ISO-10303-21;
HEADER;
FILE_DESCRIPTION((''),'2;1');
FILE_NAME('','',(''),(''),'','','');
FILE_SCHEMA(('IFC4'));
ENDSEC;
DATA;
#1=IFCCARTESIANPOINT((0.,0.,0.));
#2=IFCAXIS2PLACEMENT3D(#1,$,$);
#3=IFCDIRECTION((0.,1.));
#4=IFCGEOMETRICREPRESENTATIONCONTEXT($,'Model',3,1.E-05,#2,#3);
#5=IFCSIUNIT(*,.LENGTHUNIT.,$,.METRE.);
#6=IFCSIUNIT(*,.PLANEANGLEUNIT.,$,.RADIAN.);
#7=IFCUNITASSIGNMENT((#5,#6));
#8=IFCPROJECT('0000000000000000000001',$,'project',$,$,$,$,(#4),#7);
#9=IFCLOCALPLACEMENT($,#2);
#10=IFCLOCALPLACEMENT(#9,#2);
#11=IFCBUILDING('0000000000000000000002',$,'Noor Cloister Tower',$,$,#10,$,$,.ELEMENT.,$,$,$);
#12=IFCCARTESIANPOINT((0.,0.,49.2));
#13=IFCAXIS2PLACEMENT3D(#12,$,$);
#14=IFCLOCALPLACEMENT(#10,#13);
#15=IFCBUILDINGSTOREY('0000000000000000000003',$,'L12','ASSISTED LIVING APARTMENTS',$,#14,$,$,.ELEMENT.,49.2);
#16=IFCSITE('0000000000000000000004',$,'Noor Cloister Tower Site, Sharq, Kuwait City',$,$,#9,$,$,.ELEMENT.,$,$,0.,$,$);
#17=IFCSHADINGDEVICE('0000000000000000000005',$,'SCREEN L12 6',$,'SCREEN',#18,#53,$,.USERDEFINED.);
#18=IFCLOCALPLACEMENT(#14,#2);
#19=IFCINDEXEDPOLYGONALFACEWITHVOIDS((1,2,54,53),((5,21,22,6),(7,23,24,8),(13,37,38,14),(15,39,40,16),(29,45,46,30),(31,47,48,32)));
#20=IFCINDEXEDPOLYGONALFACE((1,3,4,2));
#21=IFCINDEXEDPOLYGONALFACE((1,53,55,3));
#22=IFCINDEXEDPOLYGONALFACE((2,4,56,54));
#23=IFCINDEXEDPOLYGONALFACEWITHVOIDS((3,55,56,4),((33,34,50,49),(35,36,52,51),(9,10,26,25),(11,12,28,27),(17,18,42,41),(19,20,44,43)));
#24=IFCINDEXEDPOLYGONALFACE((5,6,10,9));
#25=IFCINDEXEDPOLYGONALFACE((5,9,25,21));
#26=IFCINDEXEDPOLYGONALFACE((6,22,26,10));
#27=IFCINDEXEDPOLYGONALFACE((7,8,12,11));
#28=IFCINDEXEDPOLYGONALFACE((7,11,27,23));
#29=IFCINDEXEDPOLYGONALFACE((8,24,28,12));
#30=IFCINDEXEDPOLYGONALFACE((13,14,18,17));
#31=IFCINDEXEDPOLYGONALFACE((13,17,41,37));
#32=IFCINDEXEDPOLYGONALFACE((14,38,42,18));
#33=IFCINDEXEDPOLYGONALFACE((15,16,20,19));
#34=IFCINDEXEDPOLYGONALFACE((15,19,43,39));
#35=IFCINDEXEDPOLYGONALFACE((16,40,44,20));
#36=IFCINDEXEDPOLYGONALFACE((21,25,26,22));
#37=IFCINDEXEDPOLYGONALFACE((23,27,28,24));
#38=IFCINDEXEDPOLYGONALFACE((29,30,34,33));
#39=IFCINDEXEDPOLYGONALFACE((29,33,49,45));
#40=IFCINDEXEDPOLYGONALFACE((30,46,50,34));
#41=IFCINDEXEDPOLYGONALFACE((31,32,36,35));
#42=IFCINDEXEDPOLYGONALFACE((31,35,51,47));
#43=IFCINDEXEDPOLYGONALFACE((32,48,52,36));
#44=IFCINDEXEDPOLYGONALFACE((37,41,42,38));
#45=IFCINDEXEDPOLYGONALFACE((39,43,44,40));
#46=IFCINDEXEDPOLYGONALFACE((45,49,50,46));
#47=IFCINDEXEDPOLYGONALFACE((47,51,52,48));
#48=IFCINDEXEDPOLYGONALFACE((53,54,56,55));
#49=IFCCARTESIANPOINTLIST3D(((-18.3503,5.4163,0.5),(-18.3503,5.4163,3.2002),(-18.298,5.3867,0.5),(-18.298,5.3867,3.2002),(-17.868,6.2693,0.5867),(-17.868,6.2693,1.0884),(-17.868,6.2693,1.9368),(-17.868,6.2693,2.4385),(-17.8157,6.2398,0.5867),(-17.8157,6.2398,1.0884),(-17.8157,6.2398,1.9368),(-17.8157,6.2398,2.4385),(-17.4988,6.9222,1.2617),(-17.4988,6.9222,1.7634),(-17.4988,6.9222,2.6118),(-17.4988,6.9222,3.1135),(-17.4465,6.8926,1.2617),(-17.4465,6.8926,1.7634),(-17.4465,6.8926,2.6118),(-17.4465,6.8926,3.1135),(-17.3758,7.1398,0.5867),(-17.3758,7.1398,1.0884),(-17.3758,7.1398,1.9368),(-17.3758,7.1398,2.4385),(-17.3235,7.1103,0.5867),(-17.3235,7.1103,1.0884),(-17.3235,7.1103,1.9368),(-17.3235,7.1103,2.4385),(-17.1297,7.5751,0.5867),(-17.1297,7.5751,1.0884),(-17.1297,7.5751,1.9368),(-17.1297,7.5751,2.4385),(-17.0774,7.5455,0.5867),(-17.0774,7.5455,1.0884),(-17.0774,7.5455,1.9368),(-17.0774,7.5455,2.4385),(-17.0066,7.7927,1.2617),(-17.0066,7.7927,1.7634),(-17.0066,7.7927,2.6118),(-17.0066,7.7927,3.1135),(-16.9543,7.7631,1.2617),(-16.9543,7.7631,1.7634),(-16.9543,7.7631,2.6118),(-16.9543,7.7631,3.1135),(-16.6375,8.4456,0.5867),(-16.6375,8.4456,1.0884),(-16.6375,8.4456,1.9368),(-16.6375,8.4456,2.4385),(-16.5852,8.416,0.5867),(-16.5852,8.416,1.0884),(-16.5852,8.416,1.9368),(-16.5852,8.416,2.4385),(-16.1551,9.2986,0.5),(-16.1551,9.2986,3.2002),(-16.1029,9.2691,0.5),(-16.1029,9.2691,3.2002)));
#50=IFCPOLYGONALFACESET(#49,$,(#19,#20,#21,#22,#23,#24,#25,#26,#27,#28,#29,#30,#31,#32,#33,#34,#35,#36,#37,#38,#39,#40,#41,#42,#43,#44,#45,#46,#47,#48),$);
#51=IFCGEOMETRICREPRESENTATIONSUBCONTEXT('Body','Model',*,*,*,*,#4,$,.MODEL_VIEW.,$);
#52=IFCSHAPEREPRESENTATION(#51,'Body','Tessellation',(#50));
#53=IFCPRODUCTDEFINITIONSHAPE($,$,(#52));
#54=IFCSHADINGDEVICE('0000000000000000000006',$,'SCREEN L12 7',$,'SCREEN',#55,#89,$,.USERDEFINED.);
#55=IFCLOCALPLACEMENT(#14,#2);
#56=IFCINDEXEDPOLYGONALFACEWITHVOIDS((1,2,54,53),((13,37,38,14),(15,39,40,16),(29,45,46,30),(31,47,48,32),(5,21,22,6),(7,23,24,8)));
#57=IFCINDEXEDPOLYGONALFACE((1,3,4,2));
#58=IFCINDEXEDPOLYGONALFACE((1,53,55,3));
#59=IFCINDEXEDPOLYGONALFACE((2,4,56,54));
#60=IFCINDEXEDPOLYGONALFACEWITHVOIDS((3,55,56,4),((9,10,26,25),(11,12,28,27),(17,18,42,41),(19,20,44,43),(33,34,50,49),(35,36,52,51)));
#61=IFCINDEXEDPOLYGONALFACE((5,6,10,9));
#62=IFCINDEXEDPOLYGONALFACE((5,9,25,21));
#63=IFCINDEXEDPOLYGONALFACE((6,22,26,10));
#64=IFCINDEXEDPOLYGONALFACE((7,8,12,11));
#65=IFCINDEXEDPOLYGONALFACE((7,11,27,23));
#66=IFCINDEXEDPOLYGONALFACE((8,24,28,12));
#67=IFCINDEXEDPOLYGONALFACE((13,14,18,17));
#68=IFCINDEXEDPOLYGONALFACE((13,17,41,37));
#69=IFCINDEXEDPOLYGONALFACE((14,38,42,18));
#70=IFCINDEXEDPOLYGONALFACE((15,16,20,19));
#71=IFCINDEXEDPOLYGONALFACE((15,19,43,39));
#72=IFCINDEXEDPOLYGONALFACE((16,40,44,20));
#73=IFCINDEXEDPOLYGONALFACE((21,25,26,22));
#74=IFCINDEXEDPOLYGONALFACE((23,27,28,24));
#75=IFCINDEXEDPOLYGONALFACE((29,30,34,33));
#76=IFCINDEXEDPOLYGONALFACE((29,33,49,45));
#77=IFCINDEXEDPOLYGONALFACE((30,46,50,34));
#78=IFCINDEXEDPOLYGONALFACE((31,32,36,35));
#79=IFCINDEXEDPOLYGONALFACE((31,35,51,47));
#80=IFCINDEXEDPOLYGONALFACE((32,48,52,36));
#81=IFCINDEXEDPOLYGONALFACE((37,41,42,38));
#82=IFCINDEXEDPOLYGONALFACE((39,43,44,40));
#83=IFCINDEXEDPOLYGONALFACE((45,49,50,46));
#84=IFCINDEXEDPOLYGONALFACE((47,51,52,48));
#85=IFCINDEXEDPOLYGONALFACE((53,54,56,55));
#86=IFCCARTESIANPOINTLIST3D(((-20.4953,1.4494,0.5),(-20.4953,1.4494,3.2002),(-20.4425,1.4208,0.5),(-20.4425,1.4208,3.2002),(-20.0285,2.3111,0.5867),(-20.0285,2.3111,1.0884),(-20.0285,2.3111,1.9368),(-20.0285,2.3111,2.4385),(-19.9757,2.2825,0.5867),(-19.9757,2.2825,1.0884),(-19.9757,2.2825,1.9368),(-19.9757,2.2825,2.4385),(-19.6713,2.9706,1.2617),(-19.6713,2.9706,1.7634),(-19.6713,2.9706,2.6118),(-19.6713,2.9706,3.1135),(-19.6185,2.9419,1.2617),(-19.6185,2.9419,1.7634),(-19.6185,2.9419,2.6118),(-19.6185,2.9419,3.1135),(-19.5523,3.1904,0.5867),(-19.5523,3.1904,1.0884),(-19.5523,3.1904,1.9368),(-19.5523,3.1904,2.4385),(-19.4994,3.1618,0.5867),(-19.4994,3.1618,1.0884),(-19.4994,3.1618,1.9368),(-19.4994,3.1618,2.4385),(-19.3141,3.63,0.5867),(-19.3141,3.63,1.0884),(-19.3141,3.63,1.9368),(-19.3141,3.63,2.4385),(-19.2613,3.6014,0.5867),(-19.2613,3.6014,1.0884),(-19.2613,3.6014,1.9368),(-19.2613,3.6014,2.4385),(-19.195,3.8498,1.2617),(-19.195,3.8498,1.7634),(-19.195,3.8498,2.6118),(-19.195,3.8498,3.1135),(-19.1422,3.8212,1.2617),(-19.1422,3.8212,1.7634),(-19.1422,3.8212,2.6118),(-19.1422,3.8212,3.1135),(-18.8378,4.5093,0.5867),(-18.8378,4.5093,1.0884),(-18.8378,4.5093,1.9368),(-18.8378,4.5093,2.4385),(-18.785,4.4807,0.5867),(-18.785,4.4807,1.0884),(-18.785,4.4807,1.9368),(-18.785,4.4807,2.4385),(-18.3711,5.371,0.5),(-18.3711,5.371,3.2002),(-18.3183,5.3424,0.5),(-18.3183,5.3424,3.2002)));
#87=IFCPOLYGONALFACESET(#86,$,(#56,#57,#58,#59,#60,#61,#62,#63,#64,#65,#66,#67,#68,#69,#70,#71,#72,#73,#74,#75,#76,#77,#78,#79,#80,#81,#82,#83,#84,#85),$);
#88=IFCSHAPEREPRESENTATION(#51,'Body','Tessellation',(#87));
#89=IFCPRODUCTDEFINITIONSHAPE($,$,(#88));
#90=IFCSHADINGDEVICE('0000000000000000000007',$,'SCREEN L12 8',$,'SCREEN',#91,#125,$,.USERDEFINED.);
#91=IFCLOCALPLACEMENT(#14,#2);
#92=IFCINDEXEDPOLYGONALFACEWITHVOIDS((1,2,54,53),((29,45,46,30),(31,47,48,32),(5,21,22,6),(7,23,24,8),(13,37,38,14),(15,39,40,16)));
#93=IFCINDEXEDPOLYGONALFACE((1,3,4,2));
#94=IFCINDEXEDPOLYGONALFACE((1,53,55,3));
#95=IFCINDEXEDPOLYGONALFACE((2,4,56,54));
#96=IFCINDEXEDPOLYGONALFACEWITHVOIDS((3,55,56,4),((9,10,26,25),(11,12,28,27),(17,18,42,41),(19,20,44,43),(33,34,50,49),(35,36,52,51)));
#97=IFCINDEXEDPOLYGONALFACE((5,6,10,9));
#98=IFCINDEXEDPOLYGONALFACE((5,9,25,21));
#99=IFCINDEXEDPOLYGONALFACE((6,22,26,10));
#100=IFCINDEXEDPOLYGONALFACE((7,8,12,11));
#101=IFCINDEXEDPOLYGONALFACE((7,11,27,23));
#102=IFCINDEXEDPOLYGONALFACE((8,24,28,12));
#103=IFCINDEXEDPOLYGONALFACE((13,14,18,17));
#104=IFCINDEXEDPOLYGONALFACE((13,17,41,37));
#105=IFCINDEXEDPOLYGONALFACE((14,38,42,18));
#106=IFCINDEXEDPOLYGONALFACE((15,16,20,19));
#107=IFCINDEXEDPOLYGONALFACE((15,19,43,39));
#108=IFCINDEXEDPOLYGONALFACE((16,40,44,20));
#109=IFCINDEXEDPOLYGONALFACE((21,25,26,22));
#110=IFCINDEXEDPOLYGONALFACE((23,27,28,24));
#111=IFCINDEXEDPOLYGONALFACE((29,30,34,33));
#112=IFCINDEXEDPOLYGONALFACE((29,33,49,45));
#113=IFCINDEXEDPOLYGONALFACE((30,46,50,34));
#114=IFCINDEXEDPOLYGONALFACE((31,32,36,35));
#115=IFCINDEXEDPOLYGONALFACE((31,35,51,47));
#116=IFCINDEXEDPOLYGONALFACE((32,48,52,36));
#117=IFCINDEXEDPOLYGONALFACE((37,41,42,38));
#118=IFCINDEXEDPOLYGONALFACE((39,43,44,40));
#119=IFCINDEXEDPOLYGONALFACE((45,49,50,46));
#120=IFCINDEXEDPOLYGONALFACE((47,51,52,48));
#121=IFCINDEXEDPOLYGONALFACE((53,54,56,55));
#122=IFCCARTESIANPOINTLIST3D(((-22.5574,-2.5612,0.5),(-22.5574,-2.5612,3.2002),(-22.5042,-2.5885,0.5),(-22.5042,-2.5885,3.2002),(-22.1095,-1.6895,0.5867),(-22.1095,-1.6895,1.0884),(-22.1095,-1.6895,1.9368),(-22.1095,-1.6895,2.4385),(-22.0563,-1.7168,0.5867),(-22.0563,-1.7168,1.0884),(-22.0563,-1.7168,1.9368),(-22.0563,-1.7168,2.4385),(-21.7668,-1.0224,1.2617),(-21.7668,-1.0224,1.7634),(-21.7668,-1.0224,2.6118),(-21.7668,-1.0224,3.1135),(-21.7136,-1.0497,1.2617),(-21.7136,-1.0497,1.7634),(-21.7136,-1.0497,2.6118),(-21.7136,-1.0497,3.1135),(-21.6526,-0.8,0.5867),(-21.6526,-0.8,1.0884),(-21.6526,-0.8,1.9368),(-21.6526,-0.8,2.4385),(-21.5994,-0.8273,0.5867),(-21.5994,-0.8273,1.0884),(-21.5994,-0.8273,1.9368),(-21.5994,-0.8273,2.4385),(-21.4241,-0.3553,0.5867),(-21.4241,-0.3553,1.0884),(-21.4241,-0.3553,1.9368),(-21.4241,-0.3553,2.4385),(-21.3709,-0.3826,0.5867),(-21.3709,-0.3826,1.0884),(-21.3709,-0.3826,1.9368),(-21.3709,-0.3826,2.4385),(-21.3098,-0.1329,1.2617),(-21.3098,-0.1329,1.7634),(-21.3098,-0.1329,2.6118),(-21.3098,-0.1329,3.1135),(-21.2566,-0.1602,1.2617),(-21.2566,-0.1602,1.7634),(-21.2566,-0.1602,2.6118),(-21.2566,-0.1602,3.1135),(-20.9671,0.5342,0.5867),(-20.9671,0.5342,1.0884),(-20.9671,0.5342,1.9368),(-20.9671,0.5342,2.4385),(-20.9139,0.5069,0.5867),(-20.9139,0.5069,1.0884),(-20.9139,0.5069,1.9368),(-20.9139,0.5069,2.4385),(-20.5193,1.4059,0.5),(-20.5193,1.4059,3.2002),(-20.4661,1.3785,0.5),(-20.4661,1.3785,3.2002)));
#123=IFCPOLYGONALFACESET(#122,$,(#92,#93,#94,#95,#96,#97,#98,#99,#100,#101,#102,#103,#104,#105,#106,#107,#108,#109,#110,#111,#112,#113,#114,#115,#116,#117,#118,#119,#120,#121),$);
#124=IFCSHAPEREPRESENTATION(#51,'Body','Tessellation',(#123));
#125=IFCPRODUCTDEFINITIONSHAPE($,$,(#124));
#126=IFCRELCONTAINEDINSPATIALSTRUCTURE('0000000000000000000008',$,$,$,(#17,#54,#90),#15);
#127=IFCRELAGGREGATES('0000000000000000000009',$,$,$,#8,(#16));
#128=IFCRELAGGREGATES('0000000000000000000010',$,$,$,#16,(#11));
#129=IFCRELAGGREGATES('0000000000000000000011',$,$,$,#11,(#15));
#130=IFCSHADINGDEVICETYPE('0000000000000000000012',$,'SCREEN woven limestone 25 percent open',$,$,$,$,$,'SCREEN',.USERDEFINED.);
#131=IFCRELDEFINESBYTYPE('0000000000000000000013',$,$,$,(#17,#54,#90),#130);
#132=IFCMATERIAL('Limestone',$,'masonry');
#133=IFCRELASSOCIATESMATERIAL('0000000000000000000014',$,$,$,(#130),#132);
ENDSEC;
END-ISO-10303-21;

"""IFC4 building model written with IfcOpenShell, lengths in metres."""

from ifc_helpers import new_model, si_unit, direction, frame, origin, place, context, subcontext, project, spatial, polyline, outline, extrude, material, material_profile, profile_set, type_object, element, save


model = new_model("IFC4")

# Units and contexts
model_context = context("Model", 3, precision=1e-05, world=origin(), true_north=direction((0.0, 1.0)))
body_context = subcontext(model_context, "Body", "Model", "MODEL_VIEW")
ifc_project = project(units=[si_unit("LENGTHUNIT", "METRE"), si_unit("PLANEANGLEUNIT", "RADIAN")], contexts=[model_context])

# Site, building, storey
site_placement = place(None, origin())
site = spatial("IfcSite", under=ifc_project, at=site_placement, Name="Noor Cloister Tower Site, Sharq, Kuwait City", CompositionType="ELEMENT", RefElevation=0.0)
building_placement = place(site_placement, origin())
building = spatial("IfcBuilding", under=site, at=building_placement, Name="Noor Cloister Tower", CompositionType="ELEMENT")
storey_placement = place(building_placement, frame((0.0, 0.0, 49.2)))
storey = spatial("IfcBuildingStorey", under=building, at=storey_placement, Name="L12", Description="ASSISTED LIVING APARTMENTS", CompositionType="ELEMENT", Elevation=49.2)

# Shading devices
ifc_material_1 = material(Name="Limestone", Category="masonry")
ifc_material_profile_1 = material_profile(ifc_material_1, outline(polyline([(-2.23, -1.3501), (2.23, -1.3501), (2.23, 1.3501), (-2.23, 1.3501), (-2.23, -1.3501)]), holes=[polyline([(-1.25, -1.2634), (-0.25, -1.2634), (-0.25, -0.7617), (-1.25, -0.7617), (-1.25, -1.2634)]), polyline([(0.25, -1.2634), (1.25, -1.2634), (1.25, -0.7617), (0.25, -0.7617), (0.25, -1.2634)]), polyline([(-0.5, -0.5884), (0.5, -0.5884), (0.5, -0.0867), (-0.5, -0.0867), (-0.5, -0.5884)]), polyline([(-1.25, 0.0867), (-0.25, 0.0867), (-0.25, 0.5884), (-1.25, 0.5884), (-1.25, 0.0867)]), polyline([(0.25, 0.0867), (1.25, 0.0867), (1.25, 0.5884), (0.25, 0.5884), (0.25, 0.0867)]), polyline([(-0.5, 0.7617), (0.5, 0.7617), (0.5, 1.2634), (-0.5, 1.2634), (-0.5, 0.7617)])]), Name="Woven screen 25 percent open")
ifc_profile_set_1 = profile_set([ifc_material_profile_1], Name="Limestone")
shading_device_type = type_object("IfcShadingDeviceType", Name="SCREEN woven limestone 25 percent open", ElementType="SCREEN", PredefinedType="USERDEFINED", material=ifc_profile_set_1)
for number, where, z_axis, x_axis, name in (
    (1, (-17.2004, 7.3279, 1.8501), (-0.870487, 0.492191, 0.0), (-0.492191, -0.870487, 0.0), "SCREEN L12 6"),
    (2, (-19.3804, 3.3816, 1.8501), (-0.879292, 0.476283, 0.0), (-0.476283, -0.879292, 0.0), "SCREEN L12 7"),
):
    element("IfcShadingDevice", number, at=place(storey_placement, frame(where, z_axis=z_axis, x_axis=x_axis)), inside=storey, type_object=shading_device_type, Name=name, ObjectType="SCREEN", PredefinedType="USERDEFINED", context=body_context, shape_type="SweptSolid", body=[
        extrude(outline(polyline([(-2.23, -1.3501), (2.23, -1.3501), (2.23, 1.3501), (-2.23, 1.3501), (-2.23, -1.3501)]), holes=[polyline([(-1.25, -1.2634), (-0.25, -1.2634), (-0.25, -0.7617), (-1.25, -0.7617), (-1.25, -1.2634)]), polyline([(0.25, -1.2634), (1.25, -1.2634), (1.25, -0.7617), (0.25, -0.7617), (0.25, -1.2634)]), polyline([(-0.5, -0.5884), (0.5, -0.5884), (0.5, -0.0867), (-0.5, -0.0867), (-0.5, -0.5884)]), polyline([(-1.25, 0.0867), (-0.25, 0.0867), (-0.25, 0.5884), (-1.25, 0.5884), (-1.25, 0.0867)]), polyline([(0.25, 0.0867), (1.25, 0.0867), (1.25, 0.5884), (0.25, 0.5884), (0.25, 0.0867)]), polyline([(-0.5, 0.7617), (0.5, 0.7617), (0.5, 1.2634), (-0.5, 1.2634), (-0.5, 0.7617)])]), origin(), (0.0, 0.0, 1.0), 0.0601),
    ])
shading_device_placement = place(storey_placement, frame((-21.4851, -0.605, 1.8501), z_axis=(-0.889477, 0.456979, 0.0), x_axis=(-0.456979, -0.889477, 0.0)))
element("IfcShadingDevice", 3, at=shading_device_placement, inside=storey, type_object=shading_device_type, Name="SCREEN L12 8", ObjectType="SCREEN", PredefinedType="USERDEFINED", context=body_context, shape_type="SweptSolid", body=[
    extrude(outline(polyline([(-2.23, -1.3501), (2.23, -1.3501), (2.23, 1.3501), (-2.23, 1.3501), (-2.23, -1.3501)]), holes=[polyline([(-1.25, -1.2634), (-0.25, -1.2634), (-0.25, -0.7617), (-1.25, -0.7617), (-1.25, -1.2634)]), polyline([(0.25, -1.2634), (1.25, -1.2634), (1.25, -0.7617), (0.25, -0.7617), (0.25, -1.2634)]), polyline([(-0.5, -0.5884), (0.5, -0.5884), (0.5, -0.0867), (-0.5, -0.0867), (-0.5, -0.5884)]), polyline([(-1.25, 0.0867), (-0.25, 0.0867), (-0.25, 0.5884), (-1.25, 0.5884), (-1.25, 0.0867)]), polyline([(0.25, 0.0867), (1.25, 0.0867), (1.25, 0.5884), (0.25, 0.5884), (0.25, 0.0867)]), polyline([(-0.5, 0.7617), (0.5, 0.7617), (0.5, 1.2634), (-0.5, 1.2634), (-0.5, 0.7617)])]), origin(), (0.0, 0.0, 1.0), 0.0598),
])

save(model, "model.ifc")
